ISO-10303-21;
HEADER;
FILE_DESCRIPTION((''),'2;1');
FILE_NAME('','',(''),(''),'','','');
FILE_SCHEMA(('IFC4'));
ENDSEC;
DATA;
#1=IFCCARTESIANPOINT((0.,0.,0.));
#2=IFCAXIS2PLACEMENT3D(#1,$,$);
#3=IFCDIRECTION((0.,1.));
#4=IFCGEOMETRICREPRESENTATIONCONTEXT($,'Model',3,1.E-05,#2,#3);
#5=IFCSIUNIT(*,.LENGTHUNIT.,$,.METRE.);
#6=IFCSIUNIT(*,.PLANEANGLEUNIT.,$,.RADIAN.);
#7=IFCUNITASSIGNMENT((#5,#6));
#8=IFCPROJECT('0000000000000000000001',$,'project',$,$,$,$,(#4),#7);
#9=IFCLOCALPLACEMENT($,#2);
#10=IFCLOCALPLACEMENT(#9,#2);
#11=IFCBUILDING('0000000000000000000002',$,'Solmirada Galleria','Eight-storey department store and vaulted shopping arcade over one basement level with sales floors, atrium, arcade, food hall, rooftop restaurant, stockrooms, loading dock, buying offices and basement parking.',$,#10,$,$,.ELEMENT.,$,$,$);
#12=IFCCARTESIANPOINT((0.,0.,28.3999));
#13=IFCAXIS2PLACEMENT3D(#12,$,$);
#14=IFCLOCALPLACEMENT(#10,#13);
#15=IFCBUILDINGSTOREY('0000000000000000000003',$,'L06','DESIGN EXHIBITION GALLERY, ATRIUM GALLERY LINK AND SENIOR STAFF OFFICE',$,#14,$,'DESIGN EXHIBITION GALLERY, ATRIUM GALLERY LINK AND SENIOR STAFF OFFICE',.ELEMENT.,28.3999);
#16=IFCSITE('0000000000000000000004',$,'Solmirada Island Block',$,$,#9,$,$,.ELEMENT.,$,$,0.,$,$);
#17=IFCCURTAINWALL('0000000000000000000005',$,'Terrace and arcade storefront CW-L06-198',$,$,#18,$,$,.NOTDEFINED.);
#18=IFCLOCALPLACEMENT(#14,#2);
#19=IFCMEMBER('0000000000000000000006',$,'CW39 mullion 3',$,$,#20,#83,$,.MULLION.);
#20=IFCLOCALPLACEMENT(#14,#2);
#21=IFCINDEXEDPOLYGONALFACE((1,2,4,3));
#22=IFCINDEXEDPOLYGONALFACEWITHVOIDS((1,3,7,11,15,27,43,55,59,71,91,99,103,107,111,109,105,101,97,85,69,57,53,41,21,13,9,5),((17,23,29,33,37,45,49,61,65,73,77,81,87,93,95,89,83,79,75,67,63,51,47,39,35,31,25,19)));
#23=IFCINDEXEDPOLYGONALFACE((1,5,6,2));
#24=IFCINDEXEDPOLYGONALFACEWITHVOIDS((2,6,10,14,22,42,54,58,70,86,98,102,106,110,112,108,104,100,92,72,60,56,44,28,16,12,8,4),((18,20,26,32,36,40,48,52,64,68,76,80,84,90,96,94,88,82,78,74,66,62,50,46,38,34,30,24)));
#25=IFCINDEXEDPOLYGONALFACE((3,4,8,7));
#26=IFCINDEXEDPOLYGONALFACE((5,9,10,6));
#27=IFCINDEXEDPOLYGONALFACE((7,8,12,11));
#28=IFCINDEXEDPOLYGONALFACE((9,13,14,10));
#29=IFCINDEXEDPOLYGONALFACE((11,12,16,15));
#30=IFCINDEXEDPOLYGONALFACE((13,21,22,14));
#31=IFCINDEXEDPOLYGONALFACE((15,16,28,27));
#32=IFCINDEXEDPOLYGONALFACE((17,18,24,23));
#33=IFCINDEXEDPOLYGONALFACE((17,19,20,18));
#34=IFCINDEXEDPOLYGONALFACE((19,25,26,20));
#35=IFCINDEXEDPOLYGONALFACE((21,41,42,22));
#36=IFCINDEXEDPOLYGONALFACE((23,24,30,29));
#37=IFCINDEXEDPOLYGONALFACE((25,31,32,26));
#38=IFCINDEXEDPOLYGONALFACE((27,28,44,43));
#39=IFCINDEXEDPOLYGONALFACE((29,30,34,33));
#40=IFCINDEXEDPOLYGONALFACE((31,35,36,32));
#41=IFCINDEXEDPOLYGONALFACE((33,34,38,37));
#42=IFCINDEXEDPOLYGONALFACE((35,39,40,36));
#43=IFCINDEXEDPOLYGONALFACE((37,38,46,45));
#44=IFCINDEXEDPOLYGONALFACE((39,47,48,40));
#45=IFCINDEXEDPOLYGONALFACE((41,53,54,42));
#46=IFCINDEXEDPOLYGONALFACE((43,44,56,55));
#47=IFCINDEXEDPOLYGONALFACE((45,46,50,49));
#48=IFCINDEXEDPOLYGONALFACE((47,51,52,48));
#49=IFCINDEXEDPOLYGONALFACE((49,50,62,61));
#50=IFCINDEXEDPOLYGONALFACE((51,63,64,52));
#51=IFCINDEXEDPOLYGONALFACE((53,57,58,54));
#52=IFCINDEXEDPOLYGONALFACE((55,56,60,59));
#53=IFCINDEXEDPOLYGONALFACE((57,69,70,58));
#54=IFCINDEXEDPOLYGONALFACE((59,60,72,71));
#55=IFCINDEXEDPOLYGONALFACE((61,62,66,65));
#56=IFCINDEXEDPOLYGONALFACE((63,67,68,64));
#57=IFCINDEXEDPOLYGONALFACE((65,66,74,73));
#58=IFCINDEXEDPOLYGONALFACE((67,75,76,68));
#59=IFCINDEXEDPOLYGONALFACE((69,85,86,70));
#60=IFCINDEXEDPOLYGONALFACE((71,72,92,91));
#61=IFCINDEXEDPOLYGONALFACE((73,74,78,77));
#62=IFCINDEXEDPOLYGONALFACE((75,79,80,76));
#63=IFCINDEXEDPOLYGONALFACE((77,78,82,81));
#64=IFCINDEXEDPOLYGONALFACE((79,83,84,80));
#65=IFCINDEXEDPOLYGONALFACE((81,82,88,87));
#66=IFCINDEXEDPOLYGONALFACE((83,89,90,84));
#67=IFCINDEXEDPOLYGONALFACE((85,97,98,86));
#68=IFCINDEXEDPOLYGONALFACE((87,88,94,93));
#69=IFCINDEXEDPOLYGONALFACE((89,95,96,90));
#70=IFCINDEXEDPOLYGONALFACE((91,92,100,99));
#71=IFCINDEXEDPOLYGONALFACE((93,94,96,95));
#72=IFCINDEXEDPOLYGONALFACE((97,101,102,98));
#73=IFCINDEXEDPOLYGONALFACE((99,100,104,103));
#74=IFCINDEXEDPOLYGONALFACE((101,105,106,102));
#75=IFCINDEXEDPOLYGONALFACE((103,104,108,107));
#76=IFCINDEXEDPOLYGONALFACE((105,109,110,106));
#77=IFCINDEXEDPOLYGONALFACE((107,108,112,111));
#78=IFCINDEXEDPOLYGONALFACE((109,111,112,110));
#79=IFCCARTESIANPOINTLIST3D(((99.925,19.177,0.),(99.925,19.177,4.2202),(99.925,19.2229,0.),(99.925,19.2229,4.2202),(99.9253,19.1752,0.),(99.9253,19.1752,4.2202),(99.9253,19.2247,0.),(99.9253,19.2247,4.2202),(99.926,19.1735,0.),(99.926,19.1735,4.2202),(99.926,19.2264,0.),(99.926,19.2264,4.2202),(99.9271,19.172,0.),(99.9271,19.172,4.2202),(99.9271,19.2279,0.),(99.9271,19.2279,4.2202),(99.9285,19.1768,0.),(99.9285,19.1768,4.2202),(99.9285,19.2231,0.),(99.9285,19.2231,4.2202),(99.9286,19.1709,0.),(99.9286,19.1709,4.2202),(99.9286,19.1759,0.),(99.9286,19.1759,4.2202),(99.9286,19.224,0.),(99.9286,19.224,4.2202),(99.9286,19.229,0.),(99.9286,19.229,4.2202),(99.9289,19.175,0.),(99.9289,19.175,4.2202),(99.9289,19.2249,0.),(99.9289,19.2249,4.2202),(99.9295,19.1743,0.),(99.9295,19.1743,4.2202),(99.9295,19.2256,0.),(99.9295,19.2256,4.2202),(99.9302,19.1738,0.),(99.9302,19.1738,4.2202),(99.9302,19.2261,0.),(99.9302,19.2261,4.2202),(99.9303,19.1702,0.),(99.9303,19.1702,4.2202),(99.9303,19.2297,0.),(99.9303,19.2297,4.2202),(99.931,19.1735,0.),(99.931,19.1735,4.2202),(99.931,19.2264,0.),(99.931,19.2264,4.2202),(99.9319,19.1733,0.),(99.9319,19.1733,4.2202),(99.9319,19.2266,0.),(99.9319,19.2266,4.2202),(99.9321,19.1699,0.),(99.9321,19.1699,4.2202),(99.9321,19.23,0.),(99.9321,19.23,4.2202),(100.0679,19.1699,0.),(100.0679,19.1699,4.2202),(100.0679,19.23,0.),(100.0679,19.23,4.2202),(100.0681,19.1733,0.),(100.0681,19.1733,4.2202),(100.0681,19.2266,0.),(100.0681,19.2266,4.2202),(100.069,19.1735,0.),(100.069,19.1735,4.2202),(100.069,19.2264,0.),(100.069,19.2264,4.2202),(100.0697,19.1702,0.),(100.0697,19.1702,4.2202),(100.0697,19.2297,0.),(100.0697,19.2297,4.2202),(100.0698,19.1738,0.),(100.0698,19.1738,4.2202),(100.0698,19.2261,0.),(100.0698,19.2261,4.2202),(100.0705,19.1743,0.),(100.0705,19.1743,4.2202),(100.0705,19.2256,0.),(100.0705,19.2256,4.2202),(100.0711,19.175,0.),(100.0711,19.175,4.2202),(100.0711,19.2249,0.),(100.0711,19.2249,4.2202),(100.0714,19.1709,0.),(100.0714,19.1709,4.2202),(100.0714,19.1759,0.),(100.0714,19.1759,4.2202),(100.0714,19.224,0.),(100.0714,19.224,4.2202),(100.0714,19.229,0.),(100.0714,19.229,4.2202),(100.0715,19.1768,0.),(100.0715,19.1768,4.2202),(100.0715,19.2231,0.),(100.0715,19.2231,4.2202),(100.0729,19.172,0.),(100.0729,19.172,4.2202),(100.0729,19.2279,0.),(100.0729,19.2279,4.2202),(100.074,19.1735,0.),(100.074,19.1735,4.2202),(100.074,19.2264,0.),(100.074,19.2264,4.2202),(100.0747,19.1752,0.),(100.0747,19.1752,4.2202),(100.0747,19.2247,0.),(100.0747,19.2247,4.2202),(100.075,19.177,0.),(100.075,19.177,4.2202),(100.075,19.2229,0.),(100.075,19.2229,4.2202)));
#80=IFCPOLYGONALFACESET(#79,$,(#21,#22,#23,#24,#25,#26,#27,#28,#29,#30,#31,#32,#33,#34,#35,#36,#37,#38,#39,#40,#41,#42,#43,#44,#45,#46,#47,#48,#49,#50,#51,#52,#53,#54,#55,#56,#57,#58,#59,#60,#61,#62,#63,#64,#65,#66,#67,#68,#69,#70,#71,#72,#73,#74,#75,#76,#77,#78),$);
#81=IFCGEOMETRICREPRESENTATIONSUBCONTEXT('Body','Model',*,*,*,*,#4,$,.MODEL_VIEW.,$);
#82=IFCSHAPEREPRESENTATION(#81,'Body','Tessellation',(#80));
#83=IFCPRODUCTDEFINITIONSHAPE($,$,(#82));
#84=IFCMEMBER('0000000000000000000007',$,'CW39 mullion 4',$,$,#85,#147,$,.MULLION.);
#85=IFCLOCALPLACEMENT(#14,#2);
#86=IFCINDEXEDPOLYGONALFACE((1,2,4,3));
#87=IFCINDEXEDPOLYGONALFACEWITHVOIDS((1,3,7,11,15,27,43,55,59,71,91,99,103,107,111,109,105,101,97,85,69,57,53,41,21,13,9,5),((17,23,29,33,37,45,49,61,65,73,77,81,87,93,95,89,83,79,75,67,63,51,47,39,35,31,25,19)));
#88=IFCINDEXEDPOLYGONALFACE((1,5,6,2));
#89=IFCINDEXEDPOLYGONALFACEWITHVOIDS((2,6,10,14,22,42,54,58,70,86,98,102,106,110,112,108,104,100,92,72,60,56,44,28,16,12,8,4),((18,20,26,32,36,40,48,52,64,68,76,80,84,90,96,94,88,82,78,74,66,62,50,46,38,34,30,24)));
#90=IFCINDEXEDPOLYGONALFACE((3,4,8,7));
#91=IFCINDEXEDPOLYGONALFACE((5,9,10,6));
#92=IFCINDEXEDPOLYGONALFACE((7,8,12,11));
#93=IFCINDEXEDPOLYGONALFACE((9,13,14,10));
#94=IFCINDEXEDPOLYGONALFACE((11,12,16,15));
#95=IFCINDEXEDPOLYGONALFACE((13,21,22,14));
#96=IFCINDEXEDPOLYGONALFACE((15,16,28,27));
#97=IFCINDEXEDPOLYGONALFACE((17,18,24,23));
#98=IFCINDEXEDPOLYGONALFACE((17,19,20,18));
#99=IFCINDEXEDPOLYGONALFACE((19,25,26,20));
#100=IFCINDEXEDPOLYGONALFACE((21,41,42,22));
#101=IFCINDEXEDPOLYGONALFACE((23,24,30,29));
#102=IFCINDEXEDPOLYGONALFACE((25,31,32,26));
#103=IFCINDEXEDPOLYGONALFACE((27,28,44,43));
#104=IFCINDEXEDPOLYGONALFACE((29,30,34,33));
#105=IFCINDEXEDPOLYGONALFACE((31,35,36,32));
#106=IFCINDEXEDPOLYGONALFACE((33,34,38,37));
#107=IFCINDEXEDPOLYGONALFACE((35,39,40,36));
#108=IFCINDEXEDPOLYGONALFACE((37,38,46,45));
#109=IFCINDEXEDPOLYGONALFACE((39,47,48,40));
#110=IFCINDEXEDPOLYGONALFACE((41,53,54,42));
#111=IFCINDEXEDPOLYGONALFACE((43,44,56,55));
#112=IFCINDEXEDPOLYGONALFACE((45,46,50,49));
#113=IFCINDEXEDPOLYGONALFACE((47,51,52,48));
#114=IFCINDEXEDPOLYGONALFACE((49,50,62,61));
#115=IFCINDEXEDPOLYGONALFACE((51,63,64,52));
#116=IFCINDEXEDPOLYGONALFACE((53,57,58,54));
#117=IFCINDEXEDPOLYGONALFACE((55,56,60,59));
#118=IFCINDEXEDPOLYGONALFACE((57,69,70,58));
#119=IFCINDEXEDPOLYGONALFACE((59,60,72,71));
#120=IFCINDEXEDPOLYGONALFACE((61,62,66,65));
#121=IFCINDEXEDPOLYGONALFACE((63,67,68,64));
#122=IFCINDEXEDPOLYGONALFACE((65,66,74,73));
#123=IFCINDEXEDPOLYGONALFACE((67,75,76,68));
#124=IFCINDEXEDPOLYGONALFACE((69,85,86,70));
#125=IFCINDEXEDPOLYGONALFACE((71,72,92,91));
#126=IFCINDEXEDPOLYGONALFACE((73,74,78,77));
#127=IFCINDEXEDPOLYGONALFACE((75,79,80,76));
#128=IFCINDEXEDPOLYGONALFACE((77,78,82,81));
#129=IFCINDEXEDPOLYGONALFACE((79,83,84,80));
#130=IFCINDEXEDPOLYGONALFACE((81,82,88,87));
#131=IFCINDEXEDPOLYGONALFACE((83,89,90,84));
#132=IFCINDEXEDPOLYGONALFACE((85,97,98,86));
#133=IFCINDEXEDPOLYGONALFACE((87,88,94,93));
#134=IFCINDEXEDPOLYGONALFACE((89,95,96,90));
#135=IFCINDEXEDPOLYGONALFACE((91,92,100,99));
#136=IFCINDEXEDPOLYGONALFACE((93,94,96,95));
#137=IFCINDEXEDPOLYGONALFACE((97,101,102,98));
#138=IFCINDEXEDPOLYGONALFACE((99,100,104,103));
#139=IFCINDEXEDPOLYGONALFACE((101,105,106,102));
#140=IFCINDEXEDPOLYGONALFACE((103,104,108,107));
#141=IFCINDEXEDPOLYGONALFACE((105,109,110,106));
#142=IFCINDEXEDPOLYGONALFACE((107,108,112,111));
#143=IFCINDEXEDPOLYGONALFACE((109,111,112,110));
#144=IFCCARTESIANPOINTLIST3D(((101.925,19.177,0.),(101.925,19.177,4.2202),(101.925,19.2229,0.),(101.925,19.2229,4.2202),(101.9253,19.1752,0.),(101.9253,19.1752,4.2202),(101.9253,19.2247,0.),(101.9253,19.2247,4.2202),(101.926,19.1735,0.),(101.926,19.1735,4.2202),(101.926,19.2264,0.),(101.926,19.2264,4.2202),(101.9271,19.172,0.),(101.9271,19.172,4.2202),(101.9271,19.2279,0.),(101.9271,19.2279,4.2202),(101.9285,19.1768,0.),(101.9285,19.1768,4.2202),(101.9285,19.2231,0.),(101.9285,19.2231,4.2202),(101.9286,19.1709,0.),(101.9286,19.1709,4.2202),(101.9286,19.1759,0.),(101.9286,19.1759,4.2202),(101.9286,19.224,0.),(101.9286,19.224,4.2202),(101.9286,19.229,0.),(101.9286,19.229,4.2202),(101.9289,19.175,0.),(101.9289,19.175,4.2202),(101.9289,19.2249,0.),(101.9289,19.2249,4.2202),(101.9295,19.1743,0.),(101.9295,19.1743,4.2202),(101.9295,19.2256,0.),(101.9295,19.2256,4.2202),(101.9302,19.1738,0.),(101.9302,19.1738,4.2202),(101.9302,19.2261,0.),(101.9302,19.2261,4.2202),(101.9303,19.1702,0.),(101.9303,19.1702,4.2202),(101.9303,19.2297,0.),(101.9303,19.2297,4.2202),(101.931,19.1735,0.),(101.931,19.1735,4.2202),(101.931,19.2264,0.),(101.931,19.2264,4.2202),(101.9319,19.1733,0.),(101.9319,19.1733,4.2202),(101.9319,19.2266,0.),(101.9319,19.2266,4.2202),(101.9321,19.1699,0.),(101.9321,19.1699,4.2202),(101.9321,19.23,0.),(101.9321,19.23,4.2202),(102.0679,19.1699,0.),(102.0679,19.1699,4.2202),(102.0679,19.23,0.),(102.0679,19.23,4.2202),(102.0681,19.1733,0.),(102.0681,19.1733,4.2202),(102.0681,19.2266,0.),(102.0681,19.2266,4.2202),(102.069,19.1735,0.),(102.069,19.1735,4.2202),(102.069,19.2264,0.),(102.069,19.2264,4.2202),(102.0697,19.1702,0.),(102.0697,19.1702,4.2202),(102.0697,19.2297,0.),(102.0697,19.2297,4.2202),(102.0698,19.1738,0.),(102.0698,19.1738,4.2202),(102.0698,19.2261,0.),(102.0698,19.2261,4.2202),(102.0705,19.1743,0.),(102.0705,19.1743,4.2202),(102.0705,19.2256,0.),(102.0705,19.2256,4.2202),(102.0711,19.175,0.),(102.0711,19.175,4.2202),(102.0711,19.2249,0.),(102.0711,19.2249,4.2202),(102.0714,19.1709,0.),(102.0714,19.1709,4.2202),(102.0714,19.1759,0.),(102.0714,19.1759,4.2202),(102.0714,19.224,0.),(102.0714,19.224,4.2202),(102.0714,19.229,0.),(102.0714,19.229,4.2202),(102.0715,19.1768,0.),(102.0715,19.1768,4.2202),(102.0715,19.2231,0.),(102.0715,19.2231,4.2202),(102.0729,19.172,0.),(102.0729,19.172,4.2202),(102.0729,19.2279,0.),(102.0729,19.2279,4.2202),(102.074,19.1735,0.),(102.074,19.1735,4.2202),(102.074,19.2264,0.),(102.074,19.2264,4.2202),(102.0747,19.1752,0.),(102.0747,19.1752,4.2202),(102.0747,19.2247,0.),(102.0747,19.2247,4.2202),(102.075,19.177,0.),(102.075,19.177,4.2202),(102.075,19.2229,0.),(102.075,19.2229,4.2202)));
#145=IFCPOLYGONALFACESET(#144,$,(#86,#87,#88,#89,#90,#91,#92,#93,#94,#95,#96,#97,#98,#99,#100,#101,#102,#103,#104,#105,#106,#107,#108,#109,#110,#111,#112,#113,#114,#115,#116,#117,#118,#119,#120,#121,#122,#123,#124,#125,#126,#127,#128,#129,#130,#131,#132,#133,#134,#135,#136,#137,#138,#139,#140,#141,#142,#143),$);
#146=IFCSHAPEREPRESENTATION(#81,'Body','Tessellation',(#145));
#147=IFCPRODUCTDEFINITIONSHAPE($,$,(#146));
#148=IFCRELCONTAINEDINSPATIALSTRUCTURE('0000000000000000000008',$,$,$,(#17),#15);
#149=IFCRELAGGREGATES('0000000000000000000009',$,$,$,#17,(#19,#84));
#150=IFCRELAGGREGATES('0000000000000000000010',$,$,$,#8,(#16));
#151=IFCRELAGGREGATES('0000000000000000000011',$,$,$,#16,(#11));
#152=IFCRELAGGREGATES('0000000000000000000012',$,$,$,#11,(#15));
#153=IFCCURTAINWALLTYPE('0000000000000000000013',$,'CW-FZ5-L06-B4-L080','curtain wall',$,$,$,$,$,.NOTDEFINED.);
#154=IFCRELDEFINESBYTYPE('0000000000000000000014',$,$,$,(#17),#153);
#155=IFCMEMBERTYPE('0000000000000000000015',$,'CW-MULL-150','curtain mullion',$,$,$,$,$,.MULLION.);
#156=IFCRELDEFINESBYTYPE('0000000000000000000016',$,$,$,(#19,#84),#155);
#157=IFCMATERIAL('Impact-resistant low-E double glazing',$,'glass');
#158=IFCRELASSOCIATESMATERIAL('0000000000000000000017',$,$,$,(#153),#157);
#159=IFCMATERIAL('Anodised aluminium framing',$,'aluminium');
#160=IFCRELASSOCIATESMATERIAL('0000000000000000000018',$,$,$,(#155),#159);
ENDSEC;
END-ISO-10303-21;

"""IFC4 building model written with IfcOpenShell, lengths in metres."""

from ifc_helpers import new_model, si_unit, direction, frame, origin, origin_2d, place, context, subcontext, project, spatial, hollow_rectangle, extrude, material, material_profile, profile_set, type_object, element, aggregate, save


model = new_model("IFC4")

# Units and contexts
model_context = context("Model", 3, precision=1e-05, world=origin(), true_north=direction((0.0, 1.0)))
body_context = subcontext(model_context, "Body", "Model", "MODEL_VIEW")
ifc_project = project(units=[si_unit("LENGTHUNIT", "METRE"), si_unit("PLANEANGLEUNIT", "RADIAN")], contexts=[model_context])

# Site, building, storey
site_placement = place(None, origin())
site = spatial("IfcSite", under=ifc_project, at=site_placement, Name="Solmirada Island Block", CompositionType="ELEMENT", RefElevation=0.0)
building_placement = place(site_placement, origin())
building = spatial("IfcBuilding", under=site, at=building_placement, Name="Solmirada Galleria", Description="Eight-storey department store and vaulted shopping arcade over one basement level with sales floors, atrium, arcade, food hall, rooftop restaurant, stockrooms, loading dock, buying offices and basement parking.", CompositionType="ELEMENT")
storey_placement = place(building_placement, frame((0.0, 0.0, 28.3999)))
storey = spatial("IfcBuildingStorey", under=building, at=storey_placement, Name="L06", Description="DESIGN EXHIBITION GALLERY, ATRIUM GALLERY LINK AND SENIOR STAFF OFFICE", LongName="DESIGN EXHIBITION GALLERY, ATRIUM GALLERY LINK AND SENIOR STAFF OFFICE", CompositionType="ELEMENT", Elevation=28.3999)

# Curtain wall, members
ifc_material_1 = material(Name="Impact-resistant low-E double glazing", Category="glass")
curtain_wall_type = type_object("IfcCurtainWallType", Name="CW-FZ5-L06-B4-L080", Description="curtain wall", PredefinedType="NOTDEFINED", material=ifc_material_1)
curtain_wall_1_placement = place(storey_placement, origin())
curtain_wall_1 = element("IfcCurtainWall", 1, at=curtain_wall_1_placement, inside=storey, type_object=curtain_wall_type, Name="Terrace and arcade storefront CW-L06-198", PredefinedType="NOTDEFINED")
ifc_material_2 = material(Name="Anodised aluminium framing", Category="aluminium")
ifc_material_profile_1 = material_profile(ifc_material_2, hollow_rectangle(XDim=0.0601, YDim=0.1499, WallThickness=0.0034, InnerFilletRadius=0.0034, OuterFilletRadius=0.0071, at=origin_2d()), Name="ALU-MULL-150X60")
ifc_profile_set_1 = profile_set([ifc_material_profile_1], Name="Anodised aluminium framing")
member_type_1 = type_object("IfcMemberType", Name="CW-MULL-150", Description="curtain mullion", PredefinedType="MULLION", material=ifc_profile_set_1)
member_1_placement = place(storey_placement, frame((100.0, 19.2, 0.0), z_axis=(0.0, 0.0, 1.0), x_axis=(0.0, 1.0, 0.0)))
member_1 = element("IfcMember", 2, at=member_1_placement, type_object=member_type_1, Name="CW39 mullion 3", PredefinedType="MULLION", context=body_context, shape_type="SweptSolid", body=[
    extrude(hollow_rectangle(XDim=0.0601, YDim=0.1499, WallThickness=0.0034, InnerFilletRadius=0.0034, OuterFilletRadius=0.0071, at=origin_2d()), origin(), (0.0, 0.0, 1.0), 4.2202),
])
member_2_placement = place(storey_placement, frame((102.0, 19.2, 0.0), z_axis=(0.0, 0.0, 1.0), x_axis=(0.0, 1.0, 0.0)))
member_2 = element("IfcMember", 3, at=member_2_placement, type_object=member_type_1, Name="CW39 mullion 4", PredefinedType="MULLION", context=body_context, shape_type="SweptSolid", body=[
    extrude(hollow_rectangle(XDim=0.0601, YDim=0.1499, WallThickness=0.0034, InnerFilletRadius=0.0034, OuterFilletRadius=0.0071, at=origin_2d()), origin(), (0.0, 0.0, 1.0), 4.2202),
])

aggregate(curtain_wall_1, [member_1, member_2])

save(model, "model.ifc")
